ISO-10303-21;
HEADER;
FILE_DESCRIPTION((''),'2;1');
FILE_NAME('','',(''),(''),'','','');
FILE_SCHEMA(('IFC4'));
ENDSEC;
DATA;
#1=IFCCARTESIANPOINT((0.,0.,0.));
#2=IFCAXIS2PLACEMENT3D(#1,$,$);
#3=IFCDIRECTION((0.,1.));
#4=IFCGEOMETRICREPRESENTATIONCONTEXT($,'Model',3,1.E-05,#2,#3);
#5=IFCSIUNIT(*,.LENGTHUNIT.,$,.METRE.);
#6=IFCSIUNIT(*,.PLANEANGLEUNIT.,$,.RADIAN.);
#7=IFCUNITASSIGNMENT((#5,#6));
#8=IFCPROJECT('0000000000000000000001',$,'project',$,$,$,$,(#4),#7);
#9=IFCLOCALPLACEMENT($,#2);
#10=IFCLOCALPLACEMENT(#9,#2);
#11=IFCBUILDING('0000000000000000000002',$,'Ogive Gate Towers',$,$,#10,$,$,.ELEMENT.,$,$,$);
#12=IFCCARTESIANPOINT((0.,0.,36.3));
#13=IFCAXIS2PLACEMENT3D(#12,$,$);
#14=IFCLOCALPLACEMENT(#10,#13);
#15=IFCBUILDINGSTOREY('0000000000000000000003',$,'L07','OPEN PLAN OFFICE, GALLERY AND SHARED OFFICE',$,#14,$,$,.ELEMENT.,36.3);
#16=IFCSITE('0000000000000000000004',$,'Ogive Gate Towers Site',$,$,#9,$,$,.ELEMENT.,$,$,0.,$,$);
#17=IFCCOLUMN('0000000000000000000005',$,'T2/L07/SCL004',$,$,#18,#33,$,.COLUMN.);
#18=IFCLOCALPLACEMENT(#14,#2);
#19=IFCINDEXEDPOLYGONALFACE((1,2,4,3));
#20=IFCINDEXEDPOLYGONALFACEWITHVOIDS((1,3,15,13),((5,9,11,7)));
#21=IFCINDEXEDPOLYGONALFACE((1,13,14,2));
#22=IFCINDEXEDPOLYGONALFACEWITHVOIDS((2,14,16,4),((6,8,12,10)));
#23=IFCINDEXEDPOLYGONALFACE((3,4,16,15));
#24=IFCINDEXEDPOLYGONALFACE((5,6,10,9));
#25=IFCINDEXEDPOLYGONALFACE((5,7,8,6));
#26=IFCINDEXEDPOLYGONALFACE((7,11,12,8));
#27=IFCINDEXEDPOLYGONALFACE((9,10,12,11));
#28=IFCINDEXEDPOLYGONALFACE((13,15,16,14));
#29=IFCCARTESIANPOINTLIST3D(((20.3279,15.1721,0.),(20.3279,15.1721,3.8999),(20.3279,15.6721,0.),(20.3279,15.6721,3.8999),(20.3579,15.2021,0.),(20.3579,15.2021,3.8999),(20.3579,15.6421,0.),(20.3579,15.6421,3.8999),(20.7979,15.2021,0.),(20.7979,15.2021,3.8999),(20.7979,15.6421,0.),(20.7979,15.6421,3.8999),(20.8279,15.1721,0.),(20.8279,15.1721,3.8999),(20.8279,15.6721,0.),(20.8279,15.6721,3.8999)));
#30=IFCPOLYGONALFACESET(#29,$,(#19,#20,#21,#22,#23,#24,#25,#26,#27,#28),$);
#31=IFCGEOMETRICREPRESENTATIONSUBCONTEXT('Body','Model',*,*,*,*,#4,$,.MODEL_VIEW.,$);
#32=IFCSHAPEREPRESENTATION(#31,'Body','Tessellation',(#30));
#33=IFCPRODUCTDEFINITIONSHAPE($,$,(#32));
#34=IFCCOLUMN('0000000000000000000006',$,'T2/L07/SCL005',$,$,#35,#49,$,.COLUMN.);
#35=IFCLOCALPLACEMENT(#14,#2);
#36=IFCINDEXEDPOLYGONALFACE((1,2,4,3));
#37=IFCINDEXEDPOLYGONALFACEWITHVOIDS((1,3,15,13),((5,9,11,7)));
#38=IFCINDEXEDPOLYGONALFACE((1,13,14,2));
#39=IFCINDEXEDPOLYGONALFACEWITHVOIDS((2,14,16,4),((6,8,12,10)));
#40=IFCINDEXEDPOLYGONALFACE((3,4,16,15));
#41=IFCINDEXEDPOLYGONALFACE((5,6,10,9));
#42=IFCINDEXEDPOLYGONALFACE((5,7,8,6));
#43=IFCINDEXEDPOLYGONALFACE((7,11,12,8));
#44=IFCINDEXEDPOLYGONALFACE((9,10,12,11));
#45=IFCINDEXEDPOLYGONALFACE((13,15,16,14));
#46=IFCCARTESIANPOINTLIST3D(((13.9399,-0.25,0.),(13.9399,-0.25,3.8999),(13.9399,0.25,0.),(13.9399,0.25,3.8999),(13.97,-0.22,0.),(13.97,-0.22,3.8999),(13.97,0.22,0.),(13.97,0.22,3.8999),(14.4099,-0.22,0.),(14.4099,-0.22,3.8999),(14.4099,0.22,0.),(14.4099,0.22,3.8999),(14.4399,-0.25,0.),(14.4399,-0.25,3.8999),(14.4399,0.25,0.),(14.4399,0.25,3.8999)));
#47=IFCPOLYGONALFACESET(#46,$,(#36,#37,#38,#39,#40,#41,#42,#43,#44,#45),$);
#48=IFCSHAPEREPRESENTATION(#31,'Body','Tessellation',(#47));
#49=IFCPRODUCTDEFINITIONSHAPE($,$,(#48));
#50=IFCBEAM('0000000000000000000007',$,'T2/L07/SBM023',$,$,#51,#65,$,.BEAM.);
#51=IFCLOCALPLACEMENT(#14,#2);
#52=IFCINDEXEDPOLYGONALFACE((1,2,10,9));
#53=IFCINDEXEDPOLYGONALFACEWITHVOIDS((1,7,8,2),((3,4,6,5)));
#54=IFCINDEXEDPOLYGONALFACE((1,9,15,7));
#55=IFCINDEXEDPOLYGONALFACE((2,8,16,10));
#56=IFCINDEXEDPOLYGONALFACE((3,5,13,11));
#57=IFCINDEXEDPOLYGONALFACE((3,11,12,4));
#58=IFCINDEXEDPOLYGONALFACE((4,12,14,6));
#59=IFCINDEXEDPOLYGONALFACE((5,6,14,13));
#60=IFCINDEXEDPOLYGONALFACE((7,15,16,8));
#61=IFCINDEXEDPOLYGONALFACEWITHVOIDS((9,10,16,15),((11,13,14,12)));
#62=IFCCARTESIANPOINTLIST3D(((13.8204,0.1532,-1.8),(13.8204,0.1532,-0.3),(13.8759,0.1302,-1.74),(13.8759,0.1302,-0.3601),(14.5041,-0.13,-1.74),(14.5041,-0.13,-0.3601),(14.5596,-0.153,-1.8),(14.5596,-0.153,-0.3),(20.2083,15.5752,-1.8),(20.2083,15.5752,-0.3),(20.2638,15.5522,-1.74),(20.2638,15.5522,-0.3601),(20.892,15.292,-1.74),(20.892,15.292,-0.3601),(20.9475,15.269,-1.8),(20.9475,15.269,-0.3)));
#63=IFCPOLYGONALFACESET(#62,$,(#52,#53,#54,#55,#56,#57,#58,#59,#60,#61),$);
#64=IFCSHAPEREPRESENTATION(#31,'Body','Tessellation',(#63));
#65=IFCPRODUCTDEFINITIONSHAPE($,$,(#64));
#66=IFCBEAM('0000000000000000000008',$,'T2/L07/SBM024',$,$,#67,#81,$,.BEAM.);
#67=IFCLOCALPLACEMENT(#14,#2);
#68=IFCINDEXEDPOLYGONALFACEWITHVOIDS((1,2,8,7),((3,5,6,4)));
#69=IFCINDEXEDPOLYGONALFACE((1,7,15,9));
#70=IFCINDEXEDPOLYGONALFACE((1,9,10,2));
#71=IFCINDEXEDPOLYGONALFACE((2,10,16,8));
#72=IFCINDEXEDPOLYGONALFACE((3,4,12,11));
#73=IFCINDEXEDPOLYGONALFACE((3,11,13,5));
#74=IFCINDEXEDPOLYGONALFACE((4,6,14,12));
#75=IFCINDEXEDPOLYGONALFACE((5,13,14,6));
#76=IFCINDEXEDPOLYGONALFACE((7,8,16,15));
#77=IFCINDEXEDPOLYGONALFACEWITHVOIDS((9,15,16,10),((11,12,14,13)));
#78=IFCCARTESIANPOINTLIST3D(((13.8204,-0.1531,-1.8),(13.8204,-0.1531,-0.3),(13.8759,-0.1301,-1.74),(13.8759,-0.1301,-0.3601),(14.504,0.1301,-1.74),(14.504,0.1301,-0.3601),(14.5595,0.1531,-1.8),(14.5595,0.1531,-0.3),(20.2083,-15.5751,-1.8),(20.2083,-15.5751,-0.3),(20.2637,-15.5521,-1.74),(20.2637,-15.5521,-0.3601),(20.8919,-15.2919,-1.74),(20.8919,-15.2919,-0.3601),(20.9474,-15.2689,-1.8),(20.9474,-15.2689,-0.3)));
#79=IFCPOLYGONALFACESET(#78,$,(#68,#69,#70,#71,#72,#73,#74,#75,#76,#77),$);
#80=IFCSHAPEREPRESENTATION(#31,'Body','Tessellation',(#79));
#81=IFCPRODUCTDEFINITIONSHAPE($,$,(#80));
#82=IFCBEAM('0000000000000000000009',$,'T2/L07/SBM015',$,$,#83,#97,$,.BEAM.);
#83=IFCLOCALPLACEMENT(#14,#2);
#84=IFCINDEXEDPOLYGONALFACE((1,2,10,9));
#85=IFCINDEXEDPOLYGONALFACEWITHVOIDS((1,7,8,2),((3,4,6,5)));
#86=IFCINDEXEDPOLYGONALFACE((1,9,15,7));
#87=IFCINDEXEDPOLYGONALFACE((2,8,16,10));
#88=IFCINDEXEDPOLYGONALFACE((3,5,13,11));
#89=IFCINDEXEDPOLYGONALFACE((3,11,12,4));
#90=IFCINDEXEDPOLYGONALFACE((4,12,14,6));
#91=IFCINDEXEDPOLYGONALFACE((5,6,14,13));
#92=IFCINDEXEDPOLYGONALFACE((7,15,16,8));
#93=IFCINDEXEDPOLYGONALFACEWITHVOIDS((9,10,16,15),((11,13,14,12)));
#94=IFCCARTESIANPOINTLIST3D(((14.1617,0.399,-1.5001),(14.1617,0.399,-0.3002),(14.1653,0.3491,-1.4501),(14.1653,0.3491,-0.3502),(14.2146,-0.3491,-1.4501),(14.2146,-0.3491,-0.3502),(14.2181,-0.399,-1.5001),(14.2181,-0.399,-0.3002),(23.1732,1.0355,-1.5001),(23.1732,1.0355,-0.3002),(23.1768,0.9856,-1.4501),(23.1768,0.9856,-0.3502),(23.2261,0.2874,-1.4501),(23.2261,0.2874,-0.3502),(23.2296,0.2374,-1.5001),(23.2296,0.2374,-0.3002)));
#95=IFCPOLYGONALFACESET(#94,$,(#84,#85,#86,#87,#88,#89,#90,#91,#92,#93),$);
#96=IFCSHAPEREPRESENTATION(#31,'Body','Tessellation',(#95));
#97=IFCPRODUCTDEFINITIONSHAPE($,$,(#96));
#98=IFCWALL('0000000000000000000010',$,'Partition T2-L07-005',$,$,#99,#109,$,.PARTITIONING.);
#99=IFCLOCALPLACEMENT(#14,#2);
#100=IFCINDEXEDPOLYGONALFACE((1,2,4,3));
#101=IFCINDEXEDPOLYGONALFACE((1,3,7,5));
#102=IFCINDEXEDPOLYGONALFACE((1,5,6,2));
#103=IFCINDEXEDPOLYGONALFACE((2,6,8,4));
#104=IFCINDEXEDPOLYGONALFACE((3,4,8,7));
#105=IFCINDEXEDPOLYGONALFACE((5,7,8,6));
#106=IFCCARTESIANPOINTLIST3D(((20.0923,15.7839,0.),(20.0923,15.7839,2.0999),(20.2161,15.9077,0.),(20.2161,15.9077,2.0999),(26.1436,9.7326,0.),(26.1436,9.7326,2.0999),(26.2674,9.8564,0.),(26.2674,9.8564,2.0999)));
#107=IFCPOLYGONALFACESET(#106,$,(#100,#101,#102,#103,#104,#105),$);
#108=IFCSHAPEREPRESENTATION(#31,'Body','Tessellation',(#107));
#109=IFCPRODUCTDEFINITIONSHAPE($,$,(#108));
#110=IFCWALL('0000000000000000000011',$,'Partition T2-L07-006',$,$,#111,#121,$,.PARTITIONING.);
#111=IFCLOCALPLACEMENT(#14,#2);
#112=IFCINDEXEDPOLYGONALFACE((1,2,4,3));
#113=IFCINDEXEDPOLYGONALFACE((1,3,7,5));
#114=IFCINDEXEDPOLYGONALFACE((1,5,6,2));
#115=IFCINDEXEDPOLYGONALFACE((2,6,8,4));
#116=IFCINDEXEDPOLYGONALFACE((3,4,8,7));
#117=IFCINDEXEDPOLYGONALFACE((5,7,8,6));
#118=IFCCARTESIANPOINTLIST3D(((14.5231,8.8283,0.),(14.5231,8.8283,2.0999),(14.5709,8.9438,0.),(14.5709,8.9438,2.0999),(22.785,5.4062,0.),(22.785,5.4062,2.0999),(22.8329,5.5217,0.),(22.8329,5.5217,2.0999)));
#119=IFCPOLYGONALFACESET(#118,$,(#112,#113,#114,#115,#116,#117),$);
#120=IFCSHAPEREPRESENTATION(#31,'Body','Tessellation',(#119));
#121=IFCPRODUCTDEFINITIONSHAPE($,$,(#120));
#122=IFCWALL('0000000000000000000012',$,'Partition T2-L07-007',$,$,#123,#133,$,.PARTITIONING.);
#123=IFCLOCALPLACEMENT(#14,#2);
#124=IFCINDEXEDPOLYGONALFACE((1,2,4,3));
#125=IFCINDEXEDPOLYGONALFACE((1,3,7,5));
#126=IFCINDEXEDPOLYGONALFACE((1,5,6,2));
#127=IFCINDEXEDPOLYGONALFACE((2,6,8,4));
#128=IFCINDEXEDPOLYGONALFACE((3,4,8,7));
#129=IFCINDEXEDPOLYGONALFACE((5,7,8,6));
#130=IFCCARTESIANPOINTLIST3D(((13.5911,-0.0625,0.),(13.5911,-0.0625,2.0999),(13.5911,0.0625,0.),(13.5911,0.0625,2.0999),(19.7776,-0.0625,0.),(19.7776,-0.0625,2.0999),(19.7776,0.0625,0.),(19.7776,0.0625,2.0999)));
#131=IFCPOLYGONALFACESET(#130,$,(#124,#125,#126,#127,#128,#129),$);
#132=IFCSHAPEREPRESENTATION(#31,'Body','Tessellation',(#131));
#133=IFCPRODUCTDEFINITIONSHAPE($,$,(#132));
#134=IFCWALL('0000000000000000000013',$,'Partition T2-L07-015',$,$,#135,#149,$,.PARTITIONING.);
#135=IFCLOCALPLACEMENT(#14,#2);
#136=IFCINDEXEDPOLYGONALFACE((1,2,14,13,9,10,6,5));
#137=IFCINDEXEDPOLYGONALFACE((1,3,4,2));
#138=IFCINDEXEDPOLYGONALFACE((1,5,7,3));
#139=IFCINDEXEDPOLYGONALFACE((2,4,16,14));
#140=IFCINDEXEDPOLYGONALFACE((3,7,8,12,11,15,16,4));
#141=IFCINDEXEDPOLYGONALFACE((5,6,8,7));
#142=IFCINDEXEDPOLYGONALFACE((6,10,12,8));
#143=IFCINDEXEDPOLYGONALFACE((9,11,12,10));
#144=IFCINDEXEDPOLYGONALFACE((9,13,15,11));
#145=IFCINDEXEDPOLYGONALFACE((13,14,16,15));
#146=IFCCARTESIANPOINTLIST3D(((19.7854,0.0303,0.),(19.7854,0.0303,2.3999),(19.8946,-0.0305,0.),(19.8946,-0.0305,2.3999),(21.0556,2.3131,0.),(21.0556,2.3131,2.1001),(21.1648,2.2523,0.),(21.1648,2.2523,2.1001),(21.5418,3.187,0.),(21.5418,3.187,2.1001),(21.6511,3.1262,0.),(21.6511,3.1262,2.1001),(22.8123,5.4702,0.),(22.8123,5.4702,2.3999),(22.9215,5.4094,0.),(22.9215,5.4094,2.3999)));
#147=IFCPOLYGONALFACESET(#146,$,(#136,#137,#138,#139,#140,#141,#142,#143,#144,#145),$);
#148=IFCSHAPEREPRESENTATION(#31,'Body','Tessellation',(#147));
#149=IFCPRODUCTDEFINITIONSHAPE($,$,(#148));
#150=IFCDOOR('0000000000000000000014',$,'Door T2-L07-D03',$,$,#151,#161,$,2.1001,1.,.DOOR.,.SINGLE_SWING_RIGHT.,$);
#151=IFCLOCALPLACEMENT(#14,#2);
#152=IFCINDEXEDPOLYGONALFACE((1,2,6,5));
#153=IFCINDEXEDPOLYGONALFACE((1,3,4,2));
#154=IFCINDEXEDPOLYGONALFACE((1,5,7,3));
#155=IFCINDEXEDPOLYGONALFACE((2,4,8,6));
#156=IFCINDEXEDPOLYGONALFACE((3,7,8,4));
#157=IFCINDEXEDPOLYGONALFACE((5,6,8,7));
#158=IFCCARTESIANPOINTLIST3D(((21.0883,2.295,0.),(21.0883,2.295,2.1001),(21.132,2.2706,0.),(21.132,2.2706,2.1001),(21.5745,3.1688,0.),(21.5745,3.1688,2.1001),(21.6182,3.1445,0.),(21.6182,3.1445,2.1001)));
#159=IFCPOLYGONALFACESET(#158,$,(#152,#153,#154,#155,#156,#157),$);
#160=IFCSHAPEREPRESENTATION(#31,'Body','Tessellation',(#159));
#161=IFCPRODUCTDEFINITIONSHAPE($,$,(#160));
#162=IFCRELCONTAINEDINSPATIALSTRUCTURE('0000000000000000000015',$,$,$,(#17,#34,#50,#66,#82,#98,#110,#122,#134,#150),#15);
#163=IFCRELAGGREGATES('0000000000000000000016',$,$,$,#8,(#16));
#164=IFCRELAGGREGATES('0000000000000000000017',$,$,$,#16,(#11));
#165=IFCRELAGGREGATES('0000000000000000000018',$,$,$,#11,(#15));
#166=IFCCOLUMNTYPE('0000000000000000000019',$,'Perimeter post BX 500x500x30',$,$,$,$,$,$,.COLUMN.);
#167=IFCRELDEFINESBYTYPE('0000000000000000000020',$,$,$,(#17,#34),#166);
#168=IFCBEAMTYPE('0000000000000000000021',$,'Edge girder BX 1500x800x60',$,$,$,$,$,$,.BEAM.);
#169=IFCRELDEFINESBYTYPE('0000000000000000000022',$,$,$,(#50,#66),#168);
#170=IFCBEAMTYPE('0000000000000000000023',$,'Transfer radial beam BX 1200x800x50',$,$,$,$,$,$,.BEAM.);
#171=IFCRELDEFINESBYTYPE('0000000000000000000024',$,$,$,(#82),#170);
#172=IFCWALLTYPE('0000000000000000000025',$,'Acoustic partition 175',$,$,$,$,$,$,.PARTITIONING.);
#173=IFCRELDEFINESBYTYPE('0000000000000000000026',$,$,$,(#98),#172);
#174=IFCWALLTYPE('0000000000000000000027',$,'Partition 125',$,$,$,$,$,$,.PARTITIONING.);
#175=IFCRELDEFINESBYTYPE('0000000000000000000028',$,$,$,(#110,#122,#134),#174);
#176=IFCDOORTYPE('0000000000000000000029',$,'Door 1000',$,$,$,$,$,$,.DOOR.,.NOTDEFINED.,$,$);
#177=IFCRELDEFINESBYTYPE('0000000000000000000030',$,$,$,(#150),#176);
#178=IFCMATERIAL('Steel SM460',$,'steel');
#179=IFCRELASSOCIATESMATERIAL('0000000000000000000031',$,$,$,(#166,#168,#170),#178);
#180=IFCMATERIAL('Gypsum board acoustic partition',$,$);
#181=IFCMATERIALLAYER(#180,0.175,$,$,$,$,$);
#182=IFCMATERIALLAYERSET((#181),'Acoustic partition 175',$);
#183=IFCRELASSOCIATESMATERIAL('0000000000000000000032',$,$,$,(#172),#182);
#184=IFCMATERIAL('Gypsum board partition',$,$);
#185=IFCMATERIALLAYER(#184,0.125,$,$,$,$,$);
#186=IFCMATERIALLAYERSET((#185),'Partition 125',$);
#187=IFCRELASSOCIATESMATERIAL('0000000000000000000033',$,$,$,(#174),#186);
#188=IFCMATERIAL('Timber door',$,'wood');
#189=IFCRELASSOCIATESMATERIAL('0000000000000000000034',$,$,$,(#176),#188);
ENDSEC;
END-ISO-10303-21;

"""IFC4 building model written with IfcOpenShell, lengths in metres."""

from ifc_helpers import new_model, si_unit, direction, frame, frame_2d, origin, origin_2d, place, context, subcontext, project, spatial, rectangle, hollow_rectangle, extrude, material, layer, layer_set, material_profile, profile_set, type_object, element, fill, save


model = new_model("IFC4")

# Units and contexts
model_context = context("Model", 3, precision=1e-05, world=origin(), true_north=direction((0.0, 1.0)))
body_context = subcontext(model_context, "Body", "Model", "MODEL_VIEW")
ifc_project = project(units=[si_unit("LENGTHUNIT", "METRE"), si_unit("PLANEANGLEUNIT", "RADIAN")], contexts=[model_context])

# Site, building, storey
site_placement = place(None, origin())
site = spatial("IfcSite", under=ifc_project, at=site_placement, Name="Ogive Gate Towers Site", CompositionType="ELEMENT", RefElevation=0.0)
building_placement = place(site_placement, origin())
building = spatial("IfcBuilding", under=site, at=building_placement, Name="Ogive Gate Towers", CompositionType="ELEMENT")
storey_placement = place(building_placement, frame((0.0, 0.0, 36.3)))
storey = spatial("IfcBuildingStorey", under=building, at=storey_placement, Name="L07", Description="OPEN PLAN OFFICE, GALLERY AND SHARED OFFICE", CompositionType="ELEMENT", Elevation=36.3)

# Columns
ifc_material_1 = material(Name="Steel SM460", Category="steel")
ifc_material_profile_1 = material_profile(ifc_material_1, hollow_rectangle(XDim=0.5, YDim=0.5, WallThickness=0.03, at=origin_2d()), Name="BX 500x500x30")
ifc_profile_set_1 = profile_set([ifc_material_profile_1], Name="Steel SM460")
column_type = type_object("IfcColumnType", Name="Perimeter post BX 500x500x30", PredefinedType="COLUMN", material=ifc_profile_set_1)
for number, where, z_axis, x_axis, name in (
    (1, (20.5779, 15.4221, 0.0), (0.0, 0.0, 1.0), (1.0, 0.0, 0.0), "T2/L07/SCL004"),
    (2, (14.1899, 0.0, 0.0), (0.0, 0.0, 1.0), (1.0, 0.0, 0.0), "T2/L07/SCL005"),
):
    element("IfcColumn", number, at=place(storey_placement, frame(where, z_axis=z_axis, x_axis=x_axis)), inside=storey, type_object=column_type, Name=name, PredefinedType="COLUMN", context=body_context, shape_type="SweptSolid", body=[
        extrude(hollow_rectangle(XDim=0.5, YDim=0.5, WallThickness=0.03, at=origin_2d()), origin(), (0.0, 0.0, 1.0), 3.8999),
    ])

# Beams
ifc_material_profile_2 = material_profile(ifc_material_1, hollow_rectangle(XDim=0.8, YDim=1.5, WallThickness=0.0601, at=origin_2d()), Name="BX 1500x800x60")
ifc_profile_set_2 = profile_set([ifc_material_profile_2], Name="Steel SM460")
beam_type_1 = type_object("IfcBeamType", Name="Edge girder BX 1500x800x60", PredefinedType="BEAM", material=ifc_profile_set_2)
for number, where, z_axis, x_axis, name in (
    (3, (20.5779, 15.4221, -1.05), (-0.382678, -0.923882, 0.0), (0.923882, -0.382678, 0.0), "T2/L07/SBM023"),
    (4, (14.1899, 0.0, -1.05), (0.382678, -0.923882, 0.0), (0.923882, 0.382678, 0.0), "T2/L07/SBM024"),
):
    element("IfcBeam", number, at=place(storey_placement, frame(where, z_axis=z_axis, x_axis=x_axis)), inside=storey, type_object=beam_type_1, Name=name, PredefinedType="BEAM", context=body_context, shape_type="SweptSolid", body=[
        extrude(hollow_rectangle(XDim=0.8, YDim=1.5, WallThickness=0.0601, at=origin_2d()), origin(), (0.0, 0.0, 1.0), 16.6926),
    ])
ifc_material_profile_3 = material_profile(ifc_material_1, hollow_rectangle(XDim=0.8, YDim=1.2, WallThickness=0.05, at=origin_2d()), Name="BX 1200x800x50")
ifc_profile_set_3 = profile_set([ifc_material_profile_3], Name="Steel SM460")
beam_type_2 = type_object("IfcBeamType", Name="Transfer radial beam BX 1200x800x50", PredefinedType="BEAM", material=ifc_profile_set_3)
beam_placement = place(storey_placement, frame((23.2014, 0.6365, -0.9001), z_axis=(-0.997515, -0.070454, 0.0), x_axis=(0.070454, -0.997515, 0.0)))
element("IfcBeam", 5, at=beam_placement, inside=storey, type_object=beam_type_2, Name="T2/L07/SBM015", PredefinedType="BEAM", context=body_context, shape_type="SweptSolid", body=[
    extrude(hollow_rectangle(XDim=0.8, YDim=1.2, WallThickness=0.05, at=origin_2d()), origin(), (0.0, 0.0, 1.0), 9.0339),
])

# Walls
ifc_material_2 = material(Name="Gypsum board acoustic partition")
ifc_layer_1 = layer(ifc_material_2, 0.175)
ifc_layer_set_1 = layer_set([ifc_layer_1], Name="Acoustic partition 175")
wall_type_1 = type_object("IfcWallType", Name="Acoustic partition 175", PredefinedType="PARTITIONING", material=ifc_layer_set_1)
wall_1_placement = place(storey_placement, frame((20.1543, 15.8457, 0.0), z_axis=(0.0, 0.0, 1.0), x_axis=(0.707107, -0.707107, 0.0)))
element("IfcWall", 6, at=wall_1_placement, inside=storey, type_object=wall_type_1, Name="Partition T2-L07-005", PredefinedType="PARTITIONING", context=body_context, shape_type="SweptSolid", body=[
    extrude(rectangle(XDim=8.5579, YDim=0.175, at=frame_2d((4.2788, 0.0))), origin(), (0.0, 0.0, 1.0), 2.0999),
])
ifc_material_3 = material(Name="Gypsum board partition")
ifc_layer_2 = layer(ifc_material_3, 0.125)
ifc_layer_set_2 = layer_set([ifc_layer_2], Name="Partition 125")
wall_type_2 = type_object("IfcWallType", Name="Partition 125", PredefinedType="PARTITIONING", material=ifc_layer_set_2)
wall_2_placement = place(storey_placement, frame((14.5471, 8.886, 0.0), z_axis=(0.0, 0.0, 1.0), x_axis=(0.923883, -0.382674, 0.0)))
element("IfcWall", 7, at=wall_2_placement, inside=storey, type_object=wall_type_2, Name="Partition T2-L07-006", PredefinedType="PARTITIONING", context=body_context, shape_type="SweptSolid", body=[
    extrude(rectangle(XDim=8.9426, YDim=0.125, at=frame_2d((4.4712, 0.0))), origin(), (0.0, 0.0, 1.0), 2.0999),
])
wall_3_placement = place(storey_placement, frame((13.5911, 0.0, 0.0), z_axis=(0.0, 0.0, 1.0), x_axis=(1.0, 0.0, 0.0)))
element("IfcWall", 8, at=wall_3_placement, inside=storey, type_object=wall_type_2, Name="Partition T2-L07-007", PredefinedType="PARTITIONING", context=body_context, shape_type="SweptSolid", body=[
    extrude(rectangle(XDim=6.1865, YDim=0.125, at=frame_2d((3.0933, 0.0))), origin(), (0.0, 0.0, 1.0), 2.0999),
])

# Wall, opening, door
wall_4_placement = place(storey_placement, frame((22.8669, 5.4399, 0.0), z_axis=(0.0, 0.0, 1.0), x_axis=(-0.486216, -0.873839, 0.0)))
wall_4 = element("IfcWall", 9, at=wall_4_placement, inside=storey, type_object=wall_type_2, Name="Partition T2-L07-015", PredefinedType="PARTITIONING", context=body_context, shape_type="SweptSolid", body=[
    extrude(rectangle(XDim=6.2253, YDim=0.125, at=frame_2d((3.1128, 0.0))), origin(), (0.0, 0.0, 1.0), 2.3999),
])
opening_1_placement = place(wall_4_placement, frame((2.613, 0.0, 0.0)))
opening_1 = element("IfcOpeningElement", 10, at=opening_1_placement, cuts=wall_4, PredefinedType="OPENING", context=body_context, shape_type="SweptSolid", body=[
    extrude(rectangle(XDim=1.0, YDim=2.1001, at=frame_2d((0.5, 1.05))), frame((0.0, 0.0725, 0.0), z_axis=(0.0, -1.0, 0.0), x_axis=(1.0, 0.0, 0.0)), (0.0, 0.0, 1.0), 0.145),
])
ifc_material_4 = material(Name="Timber door", Category="wood")
door_type_1 = type_object("IfcDoorType", Name="Door 1000", OperationType="NOTDEFINED", PredefinedType="DOOR", material=ifc_material_4)
door_1_placement = place(opening_1_placement, origin())
door_1 = element("IfcDoor", 11, at=door_1_placement, inside=storey, type_object=door_type_1, Name="Door T2-L07-D03", OperationType="SINGLE_SWING_RIGHT", OverallHeight=2.1001, OverallWidth=1.0, PredefinedType="DOOR", context=body_context, shape_type="SweptSolid", body=[
    extrude(rectangle(XDim=1.0, YDim=2.1001, at=frame_2d((0.5, 1.05))), frame((0.0, 0.0249, 0.0), z_axis=(0.0, -1.0, 0.0), x_axis=(1.0, 0.0, 0.0)), (0.0, 0.0, 1.0), 0.05),
])
fill(opening_1, door_1)

save(model, "model.ifc")
